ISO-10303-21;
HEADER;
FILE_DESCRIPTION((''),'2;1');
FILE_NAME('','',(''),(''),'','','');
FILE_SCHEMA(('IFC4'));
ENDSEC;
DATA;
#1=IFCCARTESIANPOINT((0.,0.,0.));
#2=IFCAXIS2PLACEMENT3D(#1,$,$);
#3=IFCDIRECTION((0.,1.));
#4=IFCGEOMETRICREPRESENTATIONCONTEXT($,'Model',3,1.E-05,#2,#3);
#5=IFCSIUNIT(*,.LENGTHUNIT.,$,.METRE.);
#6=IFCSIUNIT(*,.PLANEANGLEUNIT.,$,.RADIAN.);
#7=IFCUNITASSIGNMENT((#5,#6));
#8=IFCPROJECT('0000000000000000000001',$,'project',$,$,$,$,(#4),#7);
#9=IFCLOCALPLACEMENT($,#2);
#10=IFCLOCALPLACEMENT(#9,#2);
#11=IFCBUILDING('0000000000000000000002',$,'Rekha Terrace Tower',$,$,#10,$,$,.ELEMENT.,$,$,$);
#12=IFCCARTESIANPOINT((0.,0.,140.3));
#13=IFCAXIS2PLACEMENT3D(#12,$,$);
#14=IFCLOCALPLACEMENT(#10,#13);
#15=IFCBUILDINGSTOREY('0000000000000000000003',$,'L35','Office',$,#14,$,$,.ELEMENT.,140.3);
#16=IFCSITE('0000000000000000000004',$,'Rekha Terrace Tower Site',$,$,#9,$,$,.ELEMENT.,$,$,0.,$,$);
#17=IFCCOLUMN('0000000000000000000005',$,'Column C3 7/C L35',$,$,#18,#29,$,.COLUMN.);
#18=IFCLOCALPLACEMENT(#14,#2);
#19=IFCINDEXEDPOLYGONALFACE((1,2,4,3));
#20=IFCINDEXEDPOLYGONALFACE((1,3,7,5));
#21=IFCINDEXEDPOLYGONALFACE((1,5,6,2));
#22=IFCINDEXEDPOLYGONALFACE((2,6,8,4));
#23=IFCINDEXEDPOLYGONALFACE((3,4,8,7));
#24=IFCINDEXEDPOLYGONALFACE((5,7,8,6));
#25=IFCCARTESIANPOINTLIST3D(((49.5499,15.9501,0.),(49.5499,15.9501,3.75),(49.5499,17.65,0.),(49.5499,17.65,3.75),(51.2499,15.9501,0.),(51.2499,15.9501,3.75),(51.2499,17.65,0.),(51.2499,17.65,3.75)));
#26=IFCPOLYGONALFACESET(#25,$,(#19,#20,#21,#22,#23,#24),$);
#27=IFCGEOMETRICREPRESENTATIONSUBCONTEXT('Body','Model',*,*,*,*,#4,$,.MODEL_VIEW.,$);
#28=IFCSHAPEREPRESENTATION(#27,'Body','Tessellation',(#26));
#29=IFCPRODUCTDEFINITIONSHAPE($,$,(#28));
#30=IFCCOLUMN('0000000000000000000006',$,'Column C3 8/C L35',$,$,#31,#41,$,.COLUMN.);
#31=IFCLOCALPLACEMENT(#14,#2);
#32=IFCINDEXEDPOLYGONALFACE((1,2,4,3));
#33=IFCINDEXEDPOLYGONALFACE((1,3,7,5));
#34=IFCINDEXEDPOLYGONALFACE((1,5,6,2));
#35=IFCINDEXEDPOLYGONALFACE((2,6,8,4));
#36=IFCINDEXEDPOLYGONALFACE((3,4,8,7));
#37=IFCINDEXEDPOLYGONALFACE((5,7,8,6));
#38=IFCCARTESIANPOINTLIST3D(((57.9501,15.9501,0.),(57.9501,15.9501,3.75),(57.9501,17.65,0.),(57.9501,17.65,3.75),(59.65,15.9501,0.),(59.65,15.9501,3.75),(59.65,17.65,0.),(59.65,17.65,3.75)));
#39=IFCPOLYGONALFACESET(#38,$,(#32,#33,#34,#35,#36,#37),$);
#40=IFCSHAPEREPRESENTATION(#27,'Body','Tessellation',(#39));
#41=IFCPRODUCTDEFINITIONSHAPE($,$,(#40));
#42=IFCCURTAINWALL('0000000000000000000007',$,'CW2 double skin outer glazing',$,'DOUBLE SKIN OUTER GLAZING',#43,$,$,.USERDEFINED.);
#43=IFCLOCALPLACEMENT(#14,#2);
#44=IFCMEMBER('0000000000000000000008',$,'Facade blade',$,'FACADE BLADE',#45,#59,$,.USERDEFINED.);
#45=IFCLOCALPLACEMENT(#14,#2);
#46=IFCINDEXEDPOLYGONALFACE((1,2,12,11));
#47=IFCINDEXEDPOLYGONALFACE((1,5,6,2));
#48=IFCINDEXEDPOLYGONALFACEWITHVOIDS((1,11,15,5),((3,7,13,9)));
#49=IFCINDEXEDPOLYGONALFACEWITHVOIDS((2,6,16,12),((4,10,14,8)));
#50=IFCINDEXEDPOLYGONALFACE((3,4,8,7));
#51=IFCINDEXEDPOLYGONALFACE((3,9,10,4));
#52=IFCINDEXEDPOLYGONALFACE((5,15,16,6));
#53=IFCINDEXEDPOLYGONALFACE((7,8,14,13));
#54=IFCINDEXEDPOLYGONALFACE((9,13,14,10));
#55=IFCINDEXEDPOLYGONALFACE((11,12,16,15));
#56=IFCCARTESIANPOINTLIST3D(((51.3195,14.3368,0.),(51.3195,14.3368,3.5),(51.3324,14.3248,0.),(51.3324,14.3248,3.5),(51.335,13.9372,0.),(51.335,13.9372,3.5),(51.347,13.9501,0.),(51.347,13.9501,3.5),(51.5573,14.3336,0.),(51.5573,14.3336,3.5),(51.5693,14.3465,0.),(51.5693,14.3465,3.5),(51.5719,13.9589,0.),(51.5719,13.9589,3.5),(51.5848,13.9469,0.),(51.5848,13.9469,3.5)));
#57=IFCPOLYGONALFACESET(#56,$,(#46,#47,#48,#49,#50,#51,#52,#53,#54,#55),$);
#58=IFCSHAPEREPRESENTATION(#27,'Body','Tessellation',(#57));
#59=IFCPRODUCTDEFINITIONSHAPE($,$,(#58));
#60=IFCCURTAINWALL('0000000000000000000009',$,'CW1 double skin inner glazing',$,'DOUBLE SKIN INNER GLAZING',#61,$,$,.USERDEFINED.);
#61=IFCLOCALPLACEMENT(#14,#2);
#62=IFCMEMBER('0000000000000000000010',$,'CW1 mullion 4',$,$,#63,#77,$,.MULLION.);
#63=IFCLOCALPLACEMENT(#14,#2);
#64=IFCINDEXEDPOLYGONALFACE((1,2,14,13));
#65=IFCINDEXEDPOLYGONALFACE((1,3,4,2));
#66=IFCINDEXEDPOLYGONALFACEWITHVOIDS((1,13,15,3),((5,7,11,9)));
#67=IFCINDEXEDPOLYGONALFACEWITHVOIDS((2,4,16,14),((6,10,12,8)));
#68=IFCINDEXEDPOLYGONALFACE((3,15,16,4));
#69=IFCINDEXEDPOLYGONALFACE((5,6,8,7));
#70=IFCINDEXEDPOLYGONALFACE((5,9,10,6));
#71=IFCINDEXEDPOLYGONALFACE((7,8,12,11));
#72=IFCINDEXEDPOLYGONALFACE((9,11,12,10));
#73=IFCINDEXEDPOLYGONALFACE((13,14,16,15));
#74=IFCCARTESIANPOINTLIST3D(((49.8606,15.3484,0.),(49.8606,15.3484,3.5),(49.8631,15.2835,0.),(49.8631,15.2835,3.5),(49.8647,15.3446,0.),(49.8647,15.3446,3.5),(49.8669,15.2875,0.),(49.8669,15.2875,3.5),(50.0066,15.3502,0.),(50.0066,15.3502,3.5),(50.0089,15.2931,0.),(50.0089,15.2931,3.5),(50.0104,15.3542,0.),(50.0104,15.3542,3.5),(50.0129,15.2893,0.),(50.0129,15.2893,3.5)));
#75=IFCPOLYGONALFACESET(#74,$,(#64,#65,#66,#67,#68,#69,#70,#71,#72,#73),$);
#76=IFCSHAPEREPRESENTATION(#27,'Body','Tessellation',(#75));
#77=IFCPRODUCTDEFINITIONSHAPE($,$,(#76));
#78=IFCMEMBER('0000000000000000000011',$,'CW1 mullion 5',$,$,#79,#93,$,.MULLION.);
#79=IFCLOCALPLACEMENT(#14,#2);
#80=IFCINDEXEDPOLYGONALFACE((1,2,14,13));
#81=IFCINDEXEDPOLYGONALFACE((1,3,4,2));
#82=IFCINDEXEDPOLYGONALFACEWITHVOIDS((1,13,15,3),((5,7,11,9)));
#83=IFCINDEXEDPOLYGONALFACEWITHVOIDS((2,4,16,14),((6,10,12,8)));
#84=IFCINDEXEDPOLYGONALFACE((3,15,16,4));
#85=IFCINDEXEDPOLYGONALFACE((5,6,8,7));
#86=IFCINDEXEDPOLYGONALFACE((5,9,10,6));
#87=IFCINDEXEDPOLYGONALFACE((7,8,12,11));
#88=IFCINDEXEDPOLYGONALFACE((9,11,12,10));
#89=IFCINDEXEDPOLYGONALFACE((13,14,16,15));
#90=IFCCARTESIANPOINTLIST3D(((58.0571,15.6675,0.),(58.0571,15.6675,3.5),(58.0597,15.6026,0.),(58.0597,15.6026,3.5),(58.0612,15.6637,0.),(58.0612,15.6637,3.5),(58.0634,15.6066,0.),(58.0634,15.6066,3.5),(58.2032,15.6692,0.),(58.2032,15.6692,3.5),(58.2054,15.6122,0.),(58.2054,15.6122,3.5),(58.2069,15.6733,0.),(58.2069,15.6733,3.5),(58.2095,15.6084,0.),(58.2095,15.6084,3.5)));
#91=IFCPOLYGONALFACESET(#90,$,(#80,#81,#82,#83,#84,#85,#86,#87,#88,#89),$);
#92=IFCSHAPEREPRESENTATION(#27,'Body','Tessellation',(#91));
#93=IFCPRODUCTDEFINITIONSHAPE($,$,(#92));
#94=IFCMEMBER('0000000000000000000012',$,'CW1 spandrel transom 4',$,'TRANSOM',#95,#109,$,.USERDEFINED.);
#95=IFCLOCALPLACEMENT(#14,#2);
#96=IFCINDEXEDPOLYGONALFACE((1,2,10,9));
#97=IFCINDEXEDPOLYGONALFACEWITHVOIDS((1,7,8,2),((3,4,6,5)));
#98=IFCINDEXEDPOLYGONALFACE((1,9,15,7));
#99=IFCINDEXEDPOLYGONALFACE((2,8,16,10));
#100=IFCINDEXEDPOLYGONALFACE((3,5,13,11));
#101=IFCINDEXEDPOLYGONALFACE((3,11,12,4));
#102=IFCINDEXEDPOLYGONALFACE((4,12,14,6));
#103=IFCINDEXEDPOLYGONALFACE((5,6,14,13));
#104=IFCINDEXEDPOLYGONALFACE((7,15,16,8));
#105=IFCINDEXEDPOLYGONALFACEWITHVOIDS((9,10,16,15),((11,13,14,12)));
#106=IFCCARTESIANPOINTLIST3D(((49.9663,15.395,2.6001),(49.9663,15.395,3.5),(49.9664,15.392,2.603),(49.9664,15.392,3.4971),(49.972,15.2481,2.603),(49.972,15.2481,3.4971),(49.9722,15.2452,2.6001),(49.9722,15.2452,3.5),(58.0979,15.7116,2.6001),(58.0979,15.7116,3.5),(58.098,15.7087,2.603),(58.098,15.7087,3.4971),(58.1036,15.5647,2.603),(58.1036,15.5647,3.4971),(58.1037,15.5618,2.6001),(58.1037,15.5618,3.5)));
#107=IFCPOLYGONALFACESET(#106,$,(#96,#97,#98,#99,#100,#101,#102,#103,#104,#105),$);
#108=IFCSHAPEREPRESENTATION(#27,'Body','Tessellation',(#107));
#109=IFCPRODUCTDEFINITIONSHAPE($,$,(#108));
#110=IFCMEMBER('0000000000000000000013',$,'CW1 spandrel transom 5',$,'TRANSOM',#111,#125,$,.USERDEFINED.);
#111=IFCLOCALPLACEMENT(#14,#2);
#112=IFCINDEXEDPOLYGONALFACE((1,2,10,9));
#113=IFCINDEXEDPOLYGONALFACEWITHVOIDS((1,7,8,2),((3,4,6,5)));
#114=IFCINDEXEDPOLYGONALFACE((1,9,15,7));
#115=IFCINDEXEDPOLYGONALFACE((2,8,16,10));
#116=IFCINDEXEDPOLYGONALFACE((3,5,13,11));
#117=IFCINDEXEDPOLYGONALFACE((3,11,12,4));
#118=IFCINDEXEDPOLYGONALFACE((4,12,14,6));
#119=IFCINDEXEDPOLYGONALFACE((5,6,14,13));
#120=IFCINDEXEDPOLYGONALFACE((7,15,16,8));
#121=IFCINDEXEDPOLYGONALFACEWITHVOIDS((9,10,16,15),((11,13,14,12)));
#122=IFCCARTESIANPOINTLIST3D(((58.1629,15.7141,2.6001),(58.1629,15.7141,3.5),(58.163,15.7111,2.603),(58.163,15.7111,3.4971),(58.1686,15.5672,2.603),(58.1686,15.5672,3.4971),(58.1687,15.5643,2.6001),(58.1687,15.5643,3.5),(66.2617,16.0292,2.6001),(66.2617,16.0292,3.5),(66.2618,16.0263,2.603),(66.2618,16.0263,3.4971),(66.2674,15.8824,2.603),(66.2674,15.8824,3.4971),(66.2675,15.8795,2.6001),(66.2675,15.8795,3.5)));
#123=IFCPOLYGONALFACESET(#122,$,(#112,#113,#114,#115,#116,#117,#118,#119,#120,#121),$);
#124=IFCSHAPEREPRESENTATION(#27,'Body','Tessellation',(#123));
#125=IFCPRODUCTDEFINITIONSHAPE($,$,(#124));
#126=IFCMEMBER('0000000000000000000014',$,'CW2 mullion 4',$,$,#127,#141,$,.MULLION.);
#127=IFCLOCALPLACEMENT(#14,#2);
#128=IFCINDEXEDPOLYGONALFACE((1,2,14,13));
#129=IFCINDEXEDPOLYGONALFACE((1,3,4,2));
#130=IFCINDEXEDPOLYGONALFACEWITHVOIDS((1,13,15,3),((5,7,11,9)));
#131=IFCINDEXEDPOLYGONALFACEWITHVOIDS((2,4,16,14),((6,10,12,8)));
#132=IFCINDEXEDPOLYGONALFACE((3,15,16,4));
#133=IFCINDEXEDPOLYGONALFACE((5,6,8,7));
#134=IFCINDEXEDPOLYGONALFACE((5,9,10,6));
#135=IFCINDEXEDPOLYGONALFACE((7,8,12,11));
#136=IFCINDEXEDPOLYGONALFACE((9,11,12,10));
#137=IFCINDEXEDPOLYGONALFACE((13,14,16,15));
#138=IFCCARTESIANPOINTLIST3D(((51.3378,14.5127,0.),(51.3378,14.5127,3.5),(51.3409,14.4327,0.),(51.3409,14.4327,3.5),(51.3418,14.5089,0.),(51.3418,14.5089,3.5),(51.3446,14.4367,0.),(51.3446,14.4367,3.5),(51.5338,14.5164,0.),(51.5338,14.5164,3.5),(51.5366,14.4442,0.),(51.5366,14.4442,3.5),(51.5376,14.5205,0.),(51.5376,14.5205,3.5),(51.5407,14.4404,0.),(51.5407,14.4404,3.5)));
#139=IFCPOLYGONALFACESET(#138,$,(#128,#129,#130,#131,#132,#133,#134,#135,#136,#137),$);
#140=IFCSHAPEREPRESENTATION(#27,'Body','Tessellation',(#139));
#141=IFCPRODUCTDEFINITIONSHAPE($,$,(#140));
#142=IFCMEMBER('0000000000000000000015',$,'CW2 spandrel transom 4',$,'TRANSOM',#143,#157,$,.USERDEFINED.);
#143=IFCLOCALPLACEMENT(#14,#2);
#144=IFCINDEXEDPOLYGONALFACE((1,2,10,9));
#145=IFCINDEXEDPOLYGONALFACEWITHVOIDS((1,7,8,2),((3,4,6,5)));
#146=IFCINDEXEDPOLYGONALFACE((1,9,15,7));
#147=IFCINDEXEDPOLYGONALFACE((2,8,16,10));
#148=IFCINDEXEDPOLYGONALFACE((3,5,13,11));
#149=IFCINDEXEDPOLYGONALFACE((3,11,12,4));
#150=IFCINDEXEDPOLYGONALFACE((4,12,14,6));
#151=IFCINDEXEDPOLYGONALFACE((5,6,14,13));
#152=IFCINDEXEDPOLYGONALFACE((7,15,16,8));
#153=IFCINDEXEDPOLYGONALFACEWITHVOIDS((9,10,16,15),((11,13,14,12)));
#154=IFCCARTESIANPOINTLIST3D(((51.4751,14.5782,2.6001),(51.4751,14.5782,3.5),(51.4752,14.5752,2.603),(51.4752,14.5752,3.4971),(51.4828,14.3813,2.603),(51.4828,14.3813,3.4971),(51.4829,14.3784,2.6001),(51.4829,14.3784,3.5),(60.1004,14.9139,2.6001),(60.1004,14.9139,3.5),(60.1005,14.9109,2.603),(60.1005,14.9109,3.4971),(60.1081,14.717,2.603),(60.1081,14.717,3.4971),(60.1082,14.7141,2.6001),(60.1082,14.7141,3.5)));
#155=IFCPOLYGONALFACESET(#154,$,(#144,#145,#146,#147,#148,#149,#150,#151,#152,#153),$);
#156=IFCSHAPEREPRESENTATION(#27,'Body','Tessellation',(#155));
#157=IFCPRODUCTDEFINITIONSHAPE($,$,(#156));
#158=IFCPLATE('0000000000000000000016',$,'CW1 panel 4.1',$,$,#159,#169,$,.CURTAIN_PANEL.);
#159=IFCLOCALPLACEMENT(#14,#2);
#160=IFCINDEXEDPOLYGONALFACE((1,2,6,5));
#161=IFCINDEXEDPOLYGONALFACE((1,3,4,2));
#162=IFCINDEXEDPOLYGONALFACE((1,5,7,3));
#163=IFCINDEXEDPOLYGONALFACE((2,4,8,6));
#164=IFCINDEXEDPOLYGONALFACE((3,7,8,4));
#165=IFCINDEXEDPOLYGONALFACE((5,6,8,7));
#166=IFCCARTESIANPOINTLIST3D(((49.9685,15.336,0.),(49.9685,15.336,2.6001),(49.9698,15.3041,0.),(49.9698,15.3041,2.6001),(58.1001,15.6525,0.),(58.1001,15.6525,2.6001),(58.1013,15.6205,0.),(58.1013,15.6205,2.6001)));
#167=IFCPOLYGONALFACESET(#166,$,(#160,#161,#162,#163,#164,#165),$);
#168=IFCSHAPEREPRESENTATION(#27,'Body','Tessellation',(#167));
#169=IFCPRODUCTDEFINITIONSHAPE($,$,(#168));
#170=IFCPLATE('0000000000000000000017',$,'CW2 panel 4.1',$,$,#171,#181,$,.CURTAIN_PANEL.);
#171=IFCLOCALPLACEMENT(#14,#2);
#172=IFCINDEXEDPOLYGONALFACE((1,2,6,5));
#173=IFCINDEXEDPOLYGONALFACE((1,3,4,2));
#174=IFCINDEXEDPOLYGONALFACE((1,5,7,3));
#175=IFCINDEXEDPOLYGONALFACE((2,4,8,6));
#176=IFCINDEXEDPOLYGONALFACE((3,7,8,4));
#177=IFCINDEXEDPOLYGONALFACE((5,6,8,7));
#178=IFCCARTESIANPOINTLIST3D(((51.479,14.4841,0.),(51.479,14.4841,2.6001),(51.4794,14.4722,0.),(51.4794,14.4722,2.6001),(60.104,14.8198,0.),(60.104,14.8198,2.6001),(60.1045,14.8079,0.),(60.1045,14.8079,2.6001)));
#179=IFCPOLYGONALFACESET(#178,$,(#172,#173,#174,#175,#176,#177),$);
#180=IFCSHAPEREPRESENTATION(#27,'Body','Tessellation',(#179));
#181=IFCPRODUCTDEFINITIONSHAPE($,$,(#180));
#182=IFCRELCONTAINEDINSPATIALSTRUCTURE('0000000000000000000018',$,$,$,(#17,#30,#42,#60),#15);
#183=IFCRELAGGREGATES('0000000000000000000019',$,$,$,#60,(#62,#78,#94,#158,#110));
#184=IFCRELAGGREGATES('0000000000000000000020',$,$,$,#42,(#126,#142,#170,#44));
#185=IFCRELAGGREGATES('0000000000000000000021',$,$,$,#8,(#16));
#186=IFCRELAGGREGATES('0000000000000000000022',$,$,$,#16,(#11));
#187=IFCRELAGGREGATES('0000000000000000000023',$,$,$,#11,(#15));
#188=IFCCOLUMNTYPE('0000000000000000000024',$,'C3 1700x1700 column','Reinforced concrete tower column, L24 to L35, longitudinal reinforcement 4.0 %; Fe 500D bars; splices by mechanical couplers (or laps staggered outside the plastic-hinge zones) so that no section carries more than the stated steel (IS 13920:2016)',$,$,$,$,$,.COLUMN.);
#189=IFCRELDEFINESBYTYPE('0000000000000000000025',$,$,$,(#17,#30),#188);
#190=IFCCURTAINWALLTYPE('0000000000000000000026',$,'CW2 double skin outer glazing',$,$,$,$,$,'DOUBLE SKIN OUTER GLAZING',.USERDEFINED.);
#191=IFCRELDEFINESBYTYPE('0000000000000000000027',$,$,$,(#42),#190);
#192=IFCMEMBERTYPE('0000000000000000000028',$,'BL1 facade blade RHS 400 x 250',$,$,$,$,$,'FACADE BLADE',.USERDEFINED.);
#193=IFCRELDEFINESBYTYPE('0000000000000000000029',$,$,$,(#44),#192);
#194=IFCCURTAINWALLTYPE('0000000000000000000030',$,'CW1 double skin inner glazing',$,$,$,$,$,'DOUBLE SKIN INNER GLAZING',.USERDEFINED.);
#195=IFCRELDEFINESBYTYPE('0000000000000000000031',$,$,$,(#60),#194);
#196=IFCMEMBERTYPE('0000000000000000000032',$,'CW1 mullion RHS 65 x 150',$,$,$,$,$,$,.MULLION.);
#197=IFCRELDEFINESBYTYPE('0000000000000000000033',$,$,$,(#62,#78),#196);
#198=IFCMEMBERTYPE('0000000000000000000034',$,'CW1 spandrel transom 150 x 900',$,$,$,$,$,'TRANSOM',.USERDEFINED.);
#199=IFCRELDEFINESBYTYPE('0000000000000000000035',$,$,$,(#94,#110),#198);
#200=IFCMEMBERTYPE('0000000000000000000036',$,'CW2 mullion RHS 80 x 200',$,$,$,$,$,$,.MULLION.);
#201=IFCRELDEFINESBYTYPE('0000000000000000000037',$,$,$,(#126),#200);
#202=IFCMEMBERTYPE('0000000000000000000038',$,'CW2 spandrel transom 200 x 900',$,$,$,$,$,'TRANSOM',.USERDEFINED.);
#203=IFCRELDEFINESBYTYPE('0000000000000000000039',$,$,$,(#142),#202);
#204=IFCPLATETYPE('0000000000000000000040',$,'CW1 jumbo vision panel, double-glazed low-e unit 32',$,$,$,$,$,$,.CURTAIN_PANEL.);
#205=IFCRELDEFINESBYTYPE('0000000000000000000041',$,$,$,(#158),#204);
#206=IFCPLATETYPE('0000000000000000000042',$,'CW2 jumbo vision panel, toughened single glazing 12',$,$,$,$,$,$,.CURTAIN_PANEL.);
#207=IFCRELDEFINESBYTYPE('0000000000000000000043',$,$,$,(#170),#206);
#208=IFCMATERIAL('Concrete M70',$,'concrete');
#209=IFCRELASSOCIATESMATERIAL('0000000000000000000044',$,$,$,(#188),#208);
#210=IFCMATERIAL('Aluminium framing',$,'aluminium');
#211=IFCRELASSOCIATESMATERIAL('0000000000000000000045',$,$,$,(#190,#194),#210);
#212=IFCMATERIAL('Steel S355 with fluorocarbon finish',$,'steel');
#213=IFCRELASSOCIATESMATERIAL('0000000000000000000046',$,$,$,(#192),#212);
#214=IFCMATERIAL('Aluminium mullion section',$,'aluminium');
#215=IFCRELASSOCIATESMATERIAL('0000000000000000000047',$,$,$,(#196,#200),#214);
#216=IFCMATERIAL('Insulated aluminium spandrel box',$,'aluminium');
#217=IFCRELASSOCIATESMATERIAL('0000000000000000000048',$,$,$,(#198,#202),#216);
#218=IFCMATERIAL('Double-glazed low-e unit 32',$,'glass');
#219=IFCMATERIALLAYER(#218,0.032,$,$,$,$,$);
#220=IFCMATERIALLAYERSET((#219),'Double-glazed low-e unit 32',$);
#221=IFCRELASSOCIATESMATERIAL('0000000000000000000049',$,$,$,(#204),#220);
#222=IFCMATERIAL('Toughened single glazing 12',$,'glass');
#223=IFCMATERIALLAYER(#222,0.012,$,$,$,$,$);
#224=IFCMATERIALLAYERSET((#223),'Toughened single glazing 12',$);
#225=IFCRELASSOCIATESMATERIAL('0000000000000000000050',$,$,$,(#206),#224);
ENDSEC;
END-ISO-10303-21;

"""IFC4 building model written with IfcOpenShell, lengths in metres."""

from ifc_helpers import new_model, si_unit, direction, frame, origin, origin_2d, place, context, subcontext, project, spatial, rectangle, hollow_rectangle, extrude, material, layer, layer_set, material_profile, profile_set, type_object, element, aggregate, save


model = new_model("IFC4")

# Units and contexts
model_context = context("Model", 3, precision=1e-05, world=origin(), true_north=direction((0.0, 1.0)))
body_context = subcontext(model_context, "Body", "Model", "MODEL_VIEW")
ifc_project = project(units=[si_unit("LENGTHUNIT", "METRE"), si_unit("PLANEANGLEUNIT", "RADIAN")], contexts=[model_context])

# Site, building, storey
site_placement = place(None, origin())
site = spatial("IfcSite", under=ifc_project, at=site_placement, Name="Rekha Terrace Tower Site", CompositionType="ELEMENT", RefElevation=0.0)
building_placement = place(site_placement, origin())
building = spatial("IfcBuilding", under=site, at=building_placement, Name="Rekha Terrace Tower", CompositionType="ELEMENT")
storey_placement = place(building_placement, frame((0.0, 0.0, 140.3)))
storey = spatial("IfcBuildingStorey", under=building, at=storey_placement, Name="L35", Description="Office", CompositionType="ELEMENT", Elevation=140.3)

# Columns
ifc_material_1 = material(Name="Concrete M70", Category="concrete")
ifc_material_profile_1 = material_profile(ifc_material_1, rectangle(XDim=1.7, YDim=1.7, at=origin_2d()), Name="RC 1700x1700")
ifc_profile_set_1 = profile_set([ifc_material_profile_1], Name="Concrete M70")
column_type = type_object("IfcColumnType", Name="C3 1700x1700 column", Description="Reinforced concrete tower column, L24 to L35, longitudinal reinforcement 4.0 %; Fe 500D bars; splices by mechanical couplers (or laps staggered outside the plastic-hinge zones) so that no section carries more than the stated steel (IS 13920:2016)", PredefinedType="COLUMN", material=ifc_profile_set_1)
for number, where, z_axis, x_axis, name in (
    (1, (50.3999, 16.8, 0.0), (0.0, 0.0, 1.0), (1.0, 0.0, 0.0), "Column C3 7/C L35"),
    (2, (58.8, 16.8, 0.0), (0.0, 0.0, 1.0), (1.0, 0.0, 0.0), "Column C3 8/C L35"),
):
    element("IfcColumn", number, at=place(storey_placement, frame(where, z_axis=z_axis, x_axis=x_axis)), inside=storey, type_object=column_type, Name=name, PredefinedType="COLUMN", context=body_context, shape_type="SweptSolid", body=[
        extrude(rectangle(XDim=1.7, YDim=1.7, at=origin_2d()), origin(), (0.0, 0.0, 1.0), 3.75),
    ])

# Curtain wall, member
ifc_material_2 = material(Name="Aluminium framing", Category="aluminium")
curtain_wall_type_1 = type_object("IfcCurtainWallType", Name="CW2 double skin outer glazing", ElementType="DOUBLE SKIN OUTER GLAZING", PredefinedType="USERDEFINED", material=ifc_material_2)
curtain_wall_1_placement = place(storey_placement, origin())
curtain_wall_1 = element("IfcCurtainWall", 3, at=curtain_wall_1_placement, inside=storey, type_object=curtain_wall_type_1, Name="CW2 double skin outer glazing", ObjectType="DOUBLE SKIN OUTER GLAZING", PredefinedType="USERDEFINED")
ifc_material_3 = material(Name="Steel S355 with fluorocarbon finish", Category="steel")
ifc_material_profile_2 = material_profile(ifc_material_3, hollow_rectangle(XDim=0.25, YDim=0.3999, WallThickness=0.0125, at=origin_2d()), Name="RHS400x250x12.5")
ifc_profile_set_2 = profile_set([ifc_material_profile_2], Name="Steel S355 with fluorocarbon finish")
member_type_1 = type_object("IfcMemberType", Name="BL1 facade blade RHS 400 x 250", ElementType="FACADE BLADE", PredefinedType="USERDEFINED", material=ifc_profile_set_2)
member_1_placement = place(storey_placement, frame((51.4521, 14.1418, 0.0), z_axis=(0.0, 0.0, 1.0), x_axis=(0.999243, 0.03889, 0.0)))
member_1 = element("IfcMember", 4, at=member_1_placement, type_object=member_type_1, Name="Facade blade", ObjectType="FACADE BLADE", PredefinedType="USERDEFINED", context=body_context, shape_type="SweptSolid", body=[
    extrude(hollow_rectangle(XDim=0.25, YDim=0.3999, WallThickness=0.0125, at=origin_2d()), origin(), (0.0, 0.0, 1.0), 3.5),
])

# Curtain wall, members
curtain_wall_type_2 = type_object("IfcCurtainWallType", Name="CW1 double skin inner glazing", ElementType="DOUBLE SKIN INNER GLAZING", PredefinedType="USERDEFINED", material=ifc_material_2)
curtain_wall_2_placement = place(storey_placement, origin())
curtain_wall_2 = element("IfcCurtainWall", 5, at=curtain_wall_2_placement, inside=storey, type_object=curtain_wall_type_2, Name="CW1 double skin inner glazing", ObjectType="DOUBLE SKIN INNER GLAZING", PredefinedType="USERDEFINED")
ifc_material_4 = material(Name="Aluminium mullion section", Category="aluminium")
ifc_material_profile_3 = material_profile(ifc_material_4, hollow_rectangle(XDim=0.0649, YDim=0.1499, WallThickness=0.0039, at=origin_2d()), Name="AL RHS 65x150")
ifc_profile_set_3 = profile_set([ifc_material_profile_3], Name="Aluminium mullion section")
member_type_2 = type_object("IfcMemberType", Name="CW1 mullion RHS 65 x 150", PredefinedType="MULLION", material=ifc_profile_set_3)
member_2_placement = place(storey_placement, frame((49.9368, 15.3188, 0.0), z_axis=(0.0, 0.0, 1.0), x_axis=(-0.03889, 0.999243, 0.0)))
member_2 = element("IfcMember", 6, at=member_2_placement, type_object=member_type_2, Name="CW1 mullion 4", PredefinedType="MULLION", context=body_context, shape_type="SweptSolid", body=[
    extrude(hollow_rectangle(XDim=0.0649, YDim=0.1499, WallThickness=0.0039, at=origin_2d()), origin(), (0.0, 0.0, 1.0), 3.5),
])
member_3_placement = place(storey_placement, frame((58.1333, 15.6379, 0.0), z_axis=(0.0, 0.0, 1.0), x_axis=(-0.03889, 0.999243, 0.0)))
member_3 = element("IfcMember", 7, at=member_3_placement, type_object=member_type_2, Name="CW1 mullion 5", PredefinedType="MULLION", context=body_context, shape_type="SweptSolid", body=[
    extrude(hollow_rectangle(XDim=0.0649, YDim=0.1499, WallThickness=0.0039, at=origin_2d()), origin(), (0.0, 0.0, 1.0), 3.5),
])
ifc_material_5 = material(Name="Insulated aluminium spandrel box", Category="aluminium")
ifc_material_profile_4 = material_profile(ifc_material_5, hollow_rectangle(XDim=0.1499, YDim=0.8999, WallThickness=0.0029, at=origin_2d()), Name="AL SPANDREL BOX 150x900")
ifc_profile_set_4 = profile_set([ifc_material_profile_4], Name="Insulated aluminium spandrel box")
member_type_3 = type_object("IfcMemberType", Name="CW1 spandrel transom 150 x 900", ElementType="TRANSOM", PredefinedType="USERDEFINED", material=ifc_profile_set_4)
member_4_placement = place(storey_placement, frame((49.9692, 15.3201, 3.05), z_axis=(0.999243, 0.038911, 0.0), x_axis=(-0.038911, 0.999243, 0.0)))
member_4 = element("IfcMember", 8, at=member_4_placement, type_object=member_type_3, Name="CW1 spandrel transom 4", ObjectType="TRANSOM", PredefinedType="USERDEFINED", context=body_context, shape_type="SweptSolid", body=[
    extrude(hollow_rectangle(XDim=0.1499, YDim=0.8999, WallThickness=0.0029, at=origin_2d()), origin(), (0.0, 0.0, 1.0), 8.1377),
])
member_5_placement = place(storey_placement, frame((58.1658, 15.6392, 3.05), z_axis=(0.999244, 0.038888, 0.0), x_axis=(-0.038888, 0.999244, 0.0)))
member_5 = element("IfcMember", 9, at=member_5_placement, type_object=member_type_3, Name="CW1 spandrel transom 5", ObjectType="TRANSOM", PredefinedType="USERDEFINED", context=body_context, shape_type="SweptSolid", body=[
    extrude(hollow_rectangle(XDim=0.1499, YDim=0.8999, WallThickness=0.0029, at=origin_2d()), origin(), (0.0, 0.0, 1.0), 8.105),
])

# Members
ifc_material_profile_5 = material_profile(ifc_material_4, hollow_rectangle(XDim=0.0801, YDim=0.2, WallThickness=0.0039, at=origin_2d()), Name="AL RHS 80x200")
ifc_profile_set_5 = profile_set([ifc_material_profile_5], Name="Aluminium mullion section")
member_type_4 = type_object("IfcMemberType", Name="CW2 mullion RHS 80 x 200", PredefinedType="MULLION", material=ifc_profile_set_5)
member_6_placement = place(storey_placement, frame((51.4392, 14.4766, 0.0), z_axis=(0.0, 0.0, 1.0), x_axis=(-0.03889, 0.999243, 0.0)))
member_6 = element("IfcMember", 10, at=member_6_placement, type_object=member_type_4, Name="CW2 mullion 4", PredefinedType="MULLION", context=body_context, shape_type="SweptSolid", body=[
    extrude(hollow_rectangle(XDim=0.0801, YDim=0.2, WallThickness=0.0039, at=origin_2d()), origin(), (0.0, 0.0, 1.0), 3.5),
])
ifc_material_profile_6 = material_profile(ifc_material_5, hollow_rectangle(XDim=0.2, YDim=0.8999, WallThickness=0.0029, at=origin_2d()), Name="AL SPANDREL BOX 200x900")
ifc_profile_set_6 = profile_set([ifc_material_profile_6], Name="Insulated aluminium spandrel box")
member_type_5 = type_object("IfcMemberType", Name="CW2 spandrel transom 200 x 900", ElementType="TRANSOM", PredefinedType="USERDEFINED", material=ifc_profile_set_6)
member_7_placement = place(storey_placement, frame((51.479, 14.4783, 3.05), z_axis=(0.999243, 0.03889, 0.0), x_axis=(-0.03889, 0.999243, 0.0)))
member_7 = element("IfcMember", 11, at=member_7_placement, type_object=member_type_5, Name="CW2 spandrel transom 4", ObjectType="TRANSOM", PredefinedType="USERDEFINED", context=body_context, shape_type="SweptSolid", body=[
    extrude(hollow_rectangle(XDim=0.2, YDim=0.8999, WallThickness=0.0029, at=origin_2d()), origin(), (0.0, 0.0, 1.0), 8.6318),
])

# Plates
ifc_material_6 = material(Name="Double-glazed low-e unit 32", Category="glass")
ifc_layer_1 = layer(ifc_material_6, 0.032)
ifc_layer_set_1 = layer_set([ifc_layer_1], Name="Double-glazed low-e unit 32")
plate_type_1 = type_object("IfcPlateType", Name="CW1 jumbo vision panel, double-glazed low-e unit 32", PredefinedType="CURTAIN_PANEL", material=ifc_layer_set_1)
plate_1_placement = place(storey_placement, frame((54.0349, 15.4783, 0.0), z_axis=(0.0, 0.0, 1.0), x_axis=(0.999243, 0.03889, 0.0)))
plate_1 = element("IfcPlate", 12, at=plate_1_placement, type_object=plate_type_1, Name="CW1 panel 4.1", PredefinedType="CURTAIN_PANEL", context=body_context, shape_type="SweptSolid", body=[
    extrude(rectangle(XDim=8.1377, YDim=0.032, at=origin_2d()), origin(), (0.0, 0.0, 1.0), 2.6001),
])
aggregate(curtain_wall_2, [member_2, member_3, member_4, plate_1, member_5])
ifc_material_7 = material(Name="Toughened single glazing 12", Category="glass")
ifc_layer_2 = layer(ifc_material_7, 0.012)
ifc_layer_set_2 = layer_set([ifc_layer_2], Name="Toughened single glazing 12")
plate_type_2 = type_object("IfcPlateType", Name="CW2 jumbo vision panel, toughened single glazing 12", PredefinedType="CURTAIN_PANEL", material=ifc_layer_set_2)
plate_2_placement = place(storey_placement, frame((55.7917, 14.646, 0.0), z_axis=(0.0, 0.0, 1.0), x_axis=(0.999243, 0.03889, 0.0)))
plate_2 = element("IfcPlate", 13, at=plate_2_placement, type_object=plate_type_2, Name="CW2 panel 4.1", PredefinedType="CURTAIN_PANEL", context=body_context, shape_type="SweptSolid", body=[
    extrude(rectangle(XDim=8.6316, YDim=0.012, at=origin_2d()), origin(), (0.0, 0.0, 1.0), 2.6001),
])
aggregate(curtain_wall_1, [member_6, member_7, plate_2, member_1])

save(model, "model.ifc")
